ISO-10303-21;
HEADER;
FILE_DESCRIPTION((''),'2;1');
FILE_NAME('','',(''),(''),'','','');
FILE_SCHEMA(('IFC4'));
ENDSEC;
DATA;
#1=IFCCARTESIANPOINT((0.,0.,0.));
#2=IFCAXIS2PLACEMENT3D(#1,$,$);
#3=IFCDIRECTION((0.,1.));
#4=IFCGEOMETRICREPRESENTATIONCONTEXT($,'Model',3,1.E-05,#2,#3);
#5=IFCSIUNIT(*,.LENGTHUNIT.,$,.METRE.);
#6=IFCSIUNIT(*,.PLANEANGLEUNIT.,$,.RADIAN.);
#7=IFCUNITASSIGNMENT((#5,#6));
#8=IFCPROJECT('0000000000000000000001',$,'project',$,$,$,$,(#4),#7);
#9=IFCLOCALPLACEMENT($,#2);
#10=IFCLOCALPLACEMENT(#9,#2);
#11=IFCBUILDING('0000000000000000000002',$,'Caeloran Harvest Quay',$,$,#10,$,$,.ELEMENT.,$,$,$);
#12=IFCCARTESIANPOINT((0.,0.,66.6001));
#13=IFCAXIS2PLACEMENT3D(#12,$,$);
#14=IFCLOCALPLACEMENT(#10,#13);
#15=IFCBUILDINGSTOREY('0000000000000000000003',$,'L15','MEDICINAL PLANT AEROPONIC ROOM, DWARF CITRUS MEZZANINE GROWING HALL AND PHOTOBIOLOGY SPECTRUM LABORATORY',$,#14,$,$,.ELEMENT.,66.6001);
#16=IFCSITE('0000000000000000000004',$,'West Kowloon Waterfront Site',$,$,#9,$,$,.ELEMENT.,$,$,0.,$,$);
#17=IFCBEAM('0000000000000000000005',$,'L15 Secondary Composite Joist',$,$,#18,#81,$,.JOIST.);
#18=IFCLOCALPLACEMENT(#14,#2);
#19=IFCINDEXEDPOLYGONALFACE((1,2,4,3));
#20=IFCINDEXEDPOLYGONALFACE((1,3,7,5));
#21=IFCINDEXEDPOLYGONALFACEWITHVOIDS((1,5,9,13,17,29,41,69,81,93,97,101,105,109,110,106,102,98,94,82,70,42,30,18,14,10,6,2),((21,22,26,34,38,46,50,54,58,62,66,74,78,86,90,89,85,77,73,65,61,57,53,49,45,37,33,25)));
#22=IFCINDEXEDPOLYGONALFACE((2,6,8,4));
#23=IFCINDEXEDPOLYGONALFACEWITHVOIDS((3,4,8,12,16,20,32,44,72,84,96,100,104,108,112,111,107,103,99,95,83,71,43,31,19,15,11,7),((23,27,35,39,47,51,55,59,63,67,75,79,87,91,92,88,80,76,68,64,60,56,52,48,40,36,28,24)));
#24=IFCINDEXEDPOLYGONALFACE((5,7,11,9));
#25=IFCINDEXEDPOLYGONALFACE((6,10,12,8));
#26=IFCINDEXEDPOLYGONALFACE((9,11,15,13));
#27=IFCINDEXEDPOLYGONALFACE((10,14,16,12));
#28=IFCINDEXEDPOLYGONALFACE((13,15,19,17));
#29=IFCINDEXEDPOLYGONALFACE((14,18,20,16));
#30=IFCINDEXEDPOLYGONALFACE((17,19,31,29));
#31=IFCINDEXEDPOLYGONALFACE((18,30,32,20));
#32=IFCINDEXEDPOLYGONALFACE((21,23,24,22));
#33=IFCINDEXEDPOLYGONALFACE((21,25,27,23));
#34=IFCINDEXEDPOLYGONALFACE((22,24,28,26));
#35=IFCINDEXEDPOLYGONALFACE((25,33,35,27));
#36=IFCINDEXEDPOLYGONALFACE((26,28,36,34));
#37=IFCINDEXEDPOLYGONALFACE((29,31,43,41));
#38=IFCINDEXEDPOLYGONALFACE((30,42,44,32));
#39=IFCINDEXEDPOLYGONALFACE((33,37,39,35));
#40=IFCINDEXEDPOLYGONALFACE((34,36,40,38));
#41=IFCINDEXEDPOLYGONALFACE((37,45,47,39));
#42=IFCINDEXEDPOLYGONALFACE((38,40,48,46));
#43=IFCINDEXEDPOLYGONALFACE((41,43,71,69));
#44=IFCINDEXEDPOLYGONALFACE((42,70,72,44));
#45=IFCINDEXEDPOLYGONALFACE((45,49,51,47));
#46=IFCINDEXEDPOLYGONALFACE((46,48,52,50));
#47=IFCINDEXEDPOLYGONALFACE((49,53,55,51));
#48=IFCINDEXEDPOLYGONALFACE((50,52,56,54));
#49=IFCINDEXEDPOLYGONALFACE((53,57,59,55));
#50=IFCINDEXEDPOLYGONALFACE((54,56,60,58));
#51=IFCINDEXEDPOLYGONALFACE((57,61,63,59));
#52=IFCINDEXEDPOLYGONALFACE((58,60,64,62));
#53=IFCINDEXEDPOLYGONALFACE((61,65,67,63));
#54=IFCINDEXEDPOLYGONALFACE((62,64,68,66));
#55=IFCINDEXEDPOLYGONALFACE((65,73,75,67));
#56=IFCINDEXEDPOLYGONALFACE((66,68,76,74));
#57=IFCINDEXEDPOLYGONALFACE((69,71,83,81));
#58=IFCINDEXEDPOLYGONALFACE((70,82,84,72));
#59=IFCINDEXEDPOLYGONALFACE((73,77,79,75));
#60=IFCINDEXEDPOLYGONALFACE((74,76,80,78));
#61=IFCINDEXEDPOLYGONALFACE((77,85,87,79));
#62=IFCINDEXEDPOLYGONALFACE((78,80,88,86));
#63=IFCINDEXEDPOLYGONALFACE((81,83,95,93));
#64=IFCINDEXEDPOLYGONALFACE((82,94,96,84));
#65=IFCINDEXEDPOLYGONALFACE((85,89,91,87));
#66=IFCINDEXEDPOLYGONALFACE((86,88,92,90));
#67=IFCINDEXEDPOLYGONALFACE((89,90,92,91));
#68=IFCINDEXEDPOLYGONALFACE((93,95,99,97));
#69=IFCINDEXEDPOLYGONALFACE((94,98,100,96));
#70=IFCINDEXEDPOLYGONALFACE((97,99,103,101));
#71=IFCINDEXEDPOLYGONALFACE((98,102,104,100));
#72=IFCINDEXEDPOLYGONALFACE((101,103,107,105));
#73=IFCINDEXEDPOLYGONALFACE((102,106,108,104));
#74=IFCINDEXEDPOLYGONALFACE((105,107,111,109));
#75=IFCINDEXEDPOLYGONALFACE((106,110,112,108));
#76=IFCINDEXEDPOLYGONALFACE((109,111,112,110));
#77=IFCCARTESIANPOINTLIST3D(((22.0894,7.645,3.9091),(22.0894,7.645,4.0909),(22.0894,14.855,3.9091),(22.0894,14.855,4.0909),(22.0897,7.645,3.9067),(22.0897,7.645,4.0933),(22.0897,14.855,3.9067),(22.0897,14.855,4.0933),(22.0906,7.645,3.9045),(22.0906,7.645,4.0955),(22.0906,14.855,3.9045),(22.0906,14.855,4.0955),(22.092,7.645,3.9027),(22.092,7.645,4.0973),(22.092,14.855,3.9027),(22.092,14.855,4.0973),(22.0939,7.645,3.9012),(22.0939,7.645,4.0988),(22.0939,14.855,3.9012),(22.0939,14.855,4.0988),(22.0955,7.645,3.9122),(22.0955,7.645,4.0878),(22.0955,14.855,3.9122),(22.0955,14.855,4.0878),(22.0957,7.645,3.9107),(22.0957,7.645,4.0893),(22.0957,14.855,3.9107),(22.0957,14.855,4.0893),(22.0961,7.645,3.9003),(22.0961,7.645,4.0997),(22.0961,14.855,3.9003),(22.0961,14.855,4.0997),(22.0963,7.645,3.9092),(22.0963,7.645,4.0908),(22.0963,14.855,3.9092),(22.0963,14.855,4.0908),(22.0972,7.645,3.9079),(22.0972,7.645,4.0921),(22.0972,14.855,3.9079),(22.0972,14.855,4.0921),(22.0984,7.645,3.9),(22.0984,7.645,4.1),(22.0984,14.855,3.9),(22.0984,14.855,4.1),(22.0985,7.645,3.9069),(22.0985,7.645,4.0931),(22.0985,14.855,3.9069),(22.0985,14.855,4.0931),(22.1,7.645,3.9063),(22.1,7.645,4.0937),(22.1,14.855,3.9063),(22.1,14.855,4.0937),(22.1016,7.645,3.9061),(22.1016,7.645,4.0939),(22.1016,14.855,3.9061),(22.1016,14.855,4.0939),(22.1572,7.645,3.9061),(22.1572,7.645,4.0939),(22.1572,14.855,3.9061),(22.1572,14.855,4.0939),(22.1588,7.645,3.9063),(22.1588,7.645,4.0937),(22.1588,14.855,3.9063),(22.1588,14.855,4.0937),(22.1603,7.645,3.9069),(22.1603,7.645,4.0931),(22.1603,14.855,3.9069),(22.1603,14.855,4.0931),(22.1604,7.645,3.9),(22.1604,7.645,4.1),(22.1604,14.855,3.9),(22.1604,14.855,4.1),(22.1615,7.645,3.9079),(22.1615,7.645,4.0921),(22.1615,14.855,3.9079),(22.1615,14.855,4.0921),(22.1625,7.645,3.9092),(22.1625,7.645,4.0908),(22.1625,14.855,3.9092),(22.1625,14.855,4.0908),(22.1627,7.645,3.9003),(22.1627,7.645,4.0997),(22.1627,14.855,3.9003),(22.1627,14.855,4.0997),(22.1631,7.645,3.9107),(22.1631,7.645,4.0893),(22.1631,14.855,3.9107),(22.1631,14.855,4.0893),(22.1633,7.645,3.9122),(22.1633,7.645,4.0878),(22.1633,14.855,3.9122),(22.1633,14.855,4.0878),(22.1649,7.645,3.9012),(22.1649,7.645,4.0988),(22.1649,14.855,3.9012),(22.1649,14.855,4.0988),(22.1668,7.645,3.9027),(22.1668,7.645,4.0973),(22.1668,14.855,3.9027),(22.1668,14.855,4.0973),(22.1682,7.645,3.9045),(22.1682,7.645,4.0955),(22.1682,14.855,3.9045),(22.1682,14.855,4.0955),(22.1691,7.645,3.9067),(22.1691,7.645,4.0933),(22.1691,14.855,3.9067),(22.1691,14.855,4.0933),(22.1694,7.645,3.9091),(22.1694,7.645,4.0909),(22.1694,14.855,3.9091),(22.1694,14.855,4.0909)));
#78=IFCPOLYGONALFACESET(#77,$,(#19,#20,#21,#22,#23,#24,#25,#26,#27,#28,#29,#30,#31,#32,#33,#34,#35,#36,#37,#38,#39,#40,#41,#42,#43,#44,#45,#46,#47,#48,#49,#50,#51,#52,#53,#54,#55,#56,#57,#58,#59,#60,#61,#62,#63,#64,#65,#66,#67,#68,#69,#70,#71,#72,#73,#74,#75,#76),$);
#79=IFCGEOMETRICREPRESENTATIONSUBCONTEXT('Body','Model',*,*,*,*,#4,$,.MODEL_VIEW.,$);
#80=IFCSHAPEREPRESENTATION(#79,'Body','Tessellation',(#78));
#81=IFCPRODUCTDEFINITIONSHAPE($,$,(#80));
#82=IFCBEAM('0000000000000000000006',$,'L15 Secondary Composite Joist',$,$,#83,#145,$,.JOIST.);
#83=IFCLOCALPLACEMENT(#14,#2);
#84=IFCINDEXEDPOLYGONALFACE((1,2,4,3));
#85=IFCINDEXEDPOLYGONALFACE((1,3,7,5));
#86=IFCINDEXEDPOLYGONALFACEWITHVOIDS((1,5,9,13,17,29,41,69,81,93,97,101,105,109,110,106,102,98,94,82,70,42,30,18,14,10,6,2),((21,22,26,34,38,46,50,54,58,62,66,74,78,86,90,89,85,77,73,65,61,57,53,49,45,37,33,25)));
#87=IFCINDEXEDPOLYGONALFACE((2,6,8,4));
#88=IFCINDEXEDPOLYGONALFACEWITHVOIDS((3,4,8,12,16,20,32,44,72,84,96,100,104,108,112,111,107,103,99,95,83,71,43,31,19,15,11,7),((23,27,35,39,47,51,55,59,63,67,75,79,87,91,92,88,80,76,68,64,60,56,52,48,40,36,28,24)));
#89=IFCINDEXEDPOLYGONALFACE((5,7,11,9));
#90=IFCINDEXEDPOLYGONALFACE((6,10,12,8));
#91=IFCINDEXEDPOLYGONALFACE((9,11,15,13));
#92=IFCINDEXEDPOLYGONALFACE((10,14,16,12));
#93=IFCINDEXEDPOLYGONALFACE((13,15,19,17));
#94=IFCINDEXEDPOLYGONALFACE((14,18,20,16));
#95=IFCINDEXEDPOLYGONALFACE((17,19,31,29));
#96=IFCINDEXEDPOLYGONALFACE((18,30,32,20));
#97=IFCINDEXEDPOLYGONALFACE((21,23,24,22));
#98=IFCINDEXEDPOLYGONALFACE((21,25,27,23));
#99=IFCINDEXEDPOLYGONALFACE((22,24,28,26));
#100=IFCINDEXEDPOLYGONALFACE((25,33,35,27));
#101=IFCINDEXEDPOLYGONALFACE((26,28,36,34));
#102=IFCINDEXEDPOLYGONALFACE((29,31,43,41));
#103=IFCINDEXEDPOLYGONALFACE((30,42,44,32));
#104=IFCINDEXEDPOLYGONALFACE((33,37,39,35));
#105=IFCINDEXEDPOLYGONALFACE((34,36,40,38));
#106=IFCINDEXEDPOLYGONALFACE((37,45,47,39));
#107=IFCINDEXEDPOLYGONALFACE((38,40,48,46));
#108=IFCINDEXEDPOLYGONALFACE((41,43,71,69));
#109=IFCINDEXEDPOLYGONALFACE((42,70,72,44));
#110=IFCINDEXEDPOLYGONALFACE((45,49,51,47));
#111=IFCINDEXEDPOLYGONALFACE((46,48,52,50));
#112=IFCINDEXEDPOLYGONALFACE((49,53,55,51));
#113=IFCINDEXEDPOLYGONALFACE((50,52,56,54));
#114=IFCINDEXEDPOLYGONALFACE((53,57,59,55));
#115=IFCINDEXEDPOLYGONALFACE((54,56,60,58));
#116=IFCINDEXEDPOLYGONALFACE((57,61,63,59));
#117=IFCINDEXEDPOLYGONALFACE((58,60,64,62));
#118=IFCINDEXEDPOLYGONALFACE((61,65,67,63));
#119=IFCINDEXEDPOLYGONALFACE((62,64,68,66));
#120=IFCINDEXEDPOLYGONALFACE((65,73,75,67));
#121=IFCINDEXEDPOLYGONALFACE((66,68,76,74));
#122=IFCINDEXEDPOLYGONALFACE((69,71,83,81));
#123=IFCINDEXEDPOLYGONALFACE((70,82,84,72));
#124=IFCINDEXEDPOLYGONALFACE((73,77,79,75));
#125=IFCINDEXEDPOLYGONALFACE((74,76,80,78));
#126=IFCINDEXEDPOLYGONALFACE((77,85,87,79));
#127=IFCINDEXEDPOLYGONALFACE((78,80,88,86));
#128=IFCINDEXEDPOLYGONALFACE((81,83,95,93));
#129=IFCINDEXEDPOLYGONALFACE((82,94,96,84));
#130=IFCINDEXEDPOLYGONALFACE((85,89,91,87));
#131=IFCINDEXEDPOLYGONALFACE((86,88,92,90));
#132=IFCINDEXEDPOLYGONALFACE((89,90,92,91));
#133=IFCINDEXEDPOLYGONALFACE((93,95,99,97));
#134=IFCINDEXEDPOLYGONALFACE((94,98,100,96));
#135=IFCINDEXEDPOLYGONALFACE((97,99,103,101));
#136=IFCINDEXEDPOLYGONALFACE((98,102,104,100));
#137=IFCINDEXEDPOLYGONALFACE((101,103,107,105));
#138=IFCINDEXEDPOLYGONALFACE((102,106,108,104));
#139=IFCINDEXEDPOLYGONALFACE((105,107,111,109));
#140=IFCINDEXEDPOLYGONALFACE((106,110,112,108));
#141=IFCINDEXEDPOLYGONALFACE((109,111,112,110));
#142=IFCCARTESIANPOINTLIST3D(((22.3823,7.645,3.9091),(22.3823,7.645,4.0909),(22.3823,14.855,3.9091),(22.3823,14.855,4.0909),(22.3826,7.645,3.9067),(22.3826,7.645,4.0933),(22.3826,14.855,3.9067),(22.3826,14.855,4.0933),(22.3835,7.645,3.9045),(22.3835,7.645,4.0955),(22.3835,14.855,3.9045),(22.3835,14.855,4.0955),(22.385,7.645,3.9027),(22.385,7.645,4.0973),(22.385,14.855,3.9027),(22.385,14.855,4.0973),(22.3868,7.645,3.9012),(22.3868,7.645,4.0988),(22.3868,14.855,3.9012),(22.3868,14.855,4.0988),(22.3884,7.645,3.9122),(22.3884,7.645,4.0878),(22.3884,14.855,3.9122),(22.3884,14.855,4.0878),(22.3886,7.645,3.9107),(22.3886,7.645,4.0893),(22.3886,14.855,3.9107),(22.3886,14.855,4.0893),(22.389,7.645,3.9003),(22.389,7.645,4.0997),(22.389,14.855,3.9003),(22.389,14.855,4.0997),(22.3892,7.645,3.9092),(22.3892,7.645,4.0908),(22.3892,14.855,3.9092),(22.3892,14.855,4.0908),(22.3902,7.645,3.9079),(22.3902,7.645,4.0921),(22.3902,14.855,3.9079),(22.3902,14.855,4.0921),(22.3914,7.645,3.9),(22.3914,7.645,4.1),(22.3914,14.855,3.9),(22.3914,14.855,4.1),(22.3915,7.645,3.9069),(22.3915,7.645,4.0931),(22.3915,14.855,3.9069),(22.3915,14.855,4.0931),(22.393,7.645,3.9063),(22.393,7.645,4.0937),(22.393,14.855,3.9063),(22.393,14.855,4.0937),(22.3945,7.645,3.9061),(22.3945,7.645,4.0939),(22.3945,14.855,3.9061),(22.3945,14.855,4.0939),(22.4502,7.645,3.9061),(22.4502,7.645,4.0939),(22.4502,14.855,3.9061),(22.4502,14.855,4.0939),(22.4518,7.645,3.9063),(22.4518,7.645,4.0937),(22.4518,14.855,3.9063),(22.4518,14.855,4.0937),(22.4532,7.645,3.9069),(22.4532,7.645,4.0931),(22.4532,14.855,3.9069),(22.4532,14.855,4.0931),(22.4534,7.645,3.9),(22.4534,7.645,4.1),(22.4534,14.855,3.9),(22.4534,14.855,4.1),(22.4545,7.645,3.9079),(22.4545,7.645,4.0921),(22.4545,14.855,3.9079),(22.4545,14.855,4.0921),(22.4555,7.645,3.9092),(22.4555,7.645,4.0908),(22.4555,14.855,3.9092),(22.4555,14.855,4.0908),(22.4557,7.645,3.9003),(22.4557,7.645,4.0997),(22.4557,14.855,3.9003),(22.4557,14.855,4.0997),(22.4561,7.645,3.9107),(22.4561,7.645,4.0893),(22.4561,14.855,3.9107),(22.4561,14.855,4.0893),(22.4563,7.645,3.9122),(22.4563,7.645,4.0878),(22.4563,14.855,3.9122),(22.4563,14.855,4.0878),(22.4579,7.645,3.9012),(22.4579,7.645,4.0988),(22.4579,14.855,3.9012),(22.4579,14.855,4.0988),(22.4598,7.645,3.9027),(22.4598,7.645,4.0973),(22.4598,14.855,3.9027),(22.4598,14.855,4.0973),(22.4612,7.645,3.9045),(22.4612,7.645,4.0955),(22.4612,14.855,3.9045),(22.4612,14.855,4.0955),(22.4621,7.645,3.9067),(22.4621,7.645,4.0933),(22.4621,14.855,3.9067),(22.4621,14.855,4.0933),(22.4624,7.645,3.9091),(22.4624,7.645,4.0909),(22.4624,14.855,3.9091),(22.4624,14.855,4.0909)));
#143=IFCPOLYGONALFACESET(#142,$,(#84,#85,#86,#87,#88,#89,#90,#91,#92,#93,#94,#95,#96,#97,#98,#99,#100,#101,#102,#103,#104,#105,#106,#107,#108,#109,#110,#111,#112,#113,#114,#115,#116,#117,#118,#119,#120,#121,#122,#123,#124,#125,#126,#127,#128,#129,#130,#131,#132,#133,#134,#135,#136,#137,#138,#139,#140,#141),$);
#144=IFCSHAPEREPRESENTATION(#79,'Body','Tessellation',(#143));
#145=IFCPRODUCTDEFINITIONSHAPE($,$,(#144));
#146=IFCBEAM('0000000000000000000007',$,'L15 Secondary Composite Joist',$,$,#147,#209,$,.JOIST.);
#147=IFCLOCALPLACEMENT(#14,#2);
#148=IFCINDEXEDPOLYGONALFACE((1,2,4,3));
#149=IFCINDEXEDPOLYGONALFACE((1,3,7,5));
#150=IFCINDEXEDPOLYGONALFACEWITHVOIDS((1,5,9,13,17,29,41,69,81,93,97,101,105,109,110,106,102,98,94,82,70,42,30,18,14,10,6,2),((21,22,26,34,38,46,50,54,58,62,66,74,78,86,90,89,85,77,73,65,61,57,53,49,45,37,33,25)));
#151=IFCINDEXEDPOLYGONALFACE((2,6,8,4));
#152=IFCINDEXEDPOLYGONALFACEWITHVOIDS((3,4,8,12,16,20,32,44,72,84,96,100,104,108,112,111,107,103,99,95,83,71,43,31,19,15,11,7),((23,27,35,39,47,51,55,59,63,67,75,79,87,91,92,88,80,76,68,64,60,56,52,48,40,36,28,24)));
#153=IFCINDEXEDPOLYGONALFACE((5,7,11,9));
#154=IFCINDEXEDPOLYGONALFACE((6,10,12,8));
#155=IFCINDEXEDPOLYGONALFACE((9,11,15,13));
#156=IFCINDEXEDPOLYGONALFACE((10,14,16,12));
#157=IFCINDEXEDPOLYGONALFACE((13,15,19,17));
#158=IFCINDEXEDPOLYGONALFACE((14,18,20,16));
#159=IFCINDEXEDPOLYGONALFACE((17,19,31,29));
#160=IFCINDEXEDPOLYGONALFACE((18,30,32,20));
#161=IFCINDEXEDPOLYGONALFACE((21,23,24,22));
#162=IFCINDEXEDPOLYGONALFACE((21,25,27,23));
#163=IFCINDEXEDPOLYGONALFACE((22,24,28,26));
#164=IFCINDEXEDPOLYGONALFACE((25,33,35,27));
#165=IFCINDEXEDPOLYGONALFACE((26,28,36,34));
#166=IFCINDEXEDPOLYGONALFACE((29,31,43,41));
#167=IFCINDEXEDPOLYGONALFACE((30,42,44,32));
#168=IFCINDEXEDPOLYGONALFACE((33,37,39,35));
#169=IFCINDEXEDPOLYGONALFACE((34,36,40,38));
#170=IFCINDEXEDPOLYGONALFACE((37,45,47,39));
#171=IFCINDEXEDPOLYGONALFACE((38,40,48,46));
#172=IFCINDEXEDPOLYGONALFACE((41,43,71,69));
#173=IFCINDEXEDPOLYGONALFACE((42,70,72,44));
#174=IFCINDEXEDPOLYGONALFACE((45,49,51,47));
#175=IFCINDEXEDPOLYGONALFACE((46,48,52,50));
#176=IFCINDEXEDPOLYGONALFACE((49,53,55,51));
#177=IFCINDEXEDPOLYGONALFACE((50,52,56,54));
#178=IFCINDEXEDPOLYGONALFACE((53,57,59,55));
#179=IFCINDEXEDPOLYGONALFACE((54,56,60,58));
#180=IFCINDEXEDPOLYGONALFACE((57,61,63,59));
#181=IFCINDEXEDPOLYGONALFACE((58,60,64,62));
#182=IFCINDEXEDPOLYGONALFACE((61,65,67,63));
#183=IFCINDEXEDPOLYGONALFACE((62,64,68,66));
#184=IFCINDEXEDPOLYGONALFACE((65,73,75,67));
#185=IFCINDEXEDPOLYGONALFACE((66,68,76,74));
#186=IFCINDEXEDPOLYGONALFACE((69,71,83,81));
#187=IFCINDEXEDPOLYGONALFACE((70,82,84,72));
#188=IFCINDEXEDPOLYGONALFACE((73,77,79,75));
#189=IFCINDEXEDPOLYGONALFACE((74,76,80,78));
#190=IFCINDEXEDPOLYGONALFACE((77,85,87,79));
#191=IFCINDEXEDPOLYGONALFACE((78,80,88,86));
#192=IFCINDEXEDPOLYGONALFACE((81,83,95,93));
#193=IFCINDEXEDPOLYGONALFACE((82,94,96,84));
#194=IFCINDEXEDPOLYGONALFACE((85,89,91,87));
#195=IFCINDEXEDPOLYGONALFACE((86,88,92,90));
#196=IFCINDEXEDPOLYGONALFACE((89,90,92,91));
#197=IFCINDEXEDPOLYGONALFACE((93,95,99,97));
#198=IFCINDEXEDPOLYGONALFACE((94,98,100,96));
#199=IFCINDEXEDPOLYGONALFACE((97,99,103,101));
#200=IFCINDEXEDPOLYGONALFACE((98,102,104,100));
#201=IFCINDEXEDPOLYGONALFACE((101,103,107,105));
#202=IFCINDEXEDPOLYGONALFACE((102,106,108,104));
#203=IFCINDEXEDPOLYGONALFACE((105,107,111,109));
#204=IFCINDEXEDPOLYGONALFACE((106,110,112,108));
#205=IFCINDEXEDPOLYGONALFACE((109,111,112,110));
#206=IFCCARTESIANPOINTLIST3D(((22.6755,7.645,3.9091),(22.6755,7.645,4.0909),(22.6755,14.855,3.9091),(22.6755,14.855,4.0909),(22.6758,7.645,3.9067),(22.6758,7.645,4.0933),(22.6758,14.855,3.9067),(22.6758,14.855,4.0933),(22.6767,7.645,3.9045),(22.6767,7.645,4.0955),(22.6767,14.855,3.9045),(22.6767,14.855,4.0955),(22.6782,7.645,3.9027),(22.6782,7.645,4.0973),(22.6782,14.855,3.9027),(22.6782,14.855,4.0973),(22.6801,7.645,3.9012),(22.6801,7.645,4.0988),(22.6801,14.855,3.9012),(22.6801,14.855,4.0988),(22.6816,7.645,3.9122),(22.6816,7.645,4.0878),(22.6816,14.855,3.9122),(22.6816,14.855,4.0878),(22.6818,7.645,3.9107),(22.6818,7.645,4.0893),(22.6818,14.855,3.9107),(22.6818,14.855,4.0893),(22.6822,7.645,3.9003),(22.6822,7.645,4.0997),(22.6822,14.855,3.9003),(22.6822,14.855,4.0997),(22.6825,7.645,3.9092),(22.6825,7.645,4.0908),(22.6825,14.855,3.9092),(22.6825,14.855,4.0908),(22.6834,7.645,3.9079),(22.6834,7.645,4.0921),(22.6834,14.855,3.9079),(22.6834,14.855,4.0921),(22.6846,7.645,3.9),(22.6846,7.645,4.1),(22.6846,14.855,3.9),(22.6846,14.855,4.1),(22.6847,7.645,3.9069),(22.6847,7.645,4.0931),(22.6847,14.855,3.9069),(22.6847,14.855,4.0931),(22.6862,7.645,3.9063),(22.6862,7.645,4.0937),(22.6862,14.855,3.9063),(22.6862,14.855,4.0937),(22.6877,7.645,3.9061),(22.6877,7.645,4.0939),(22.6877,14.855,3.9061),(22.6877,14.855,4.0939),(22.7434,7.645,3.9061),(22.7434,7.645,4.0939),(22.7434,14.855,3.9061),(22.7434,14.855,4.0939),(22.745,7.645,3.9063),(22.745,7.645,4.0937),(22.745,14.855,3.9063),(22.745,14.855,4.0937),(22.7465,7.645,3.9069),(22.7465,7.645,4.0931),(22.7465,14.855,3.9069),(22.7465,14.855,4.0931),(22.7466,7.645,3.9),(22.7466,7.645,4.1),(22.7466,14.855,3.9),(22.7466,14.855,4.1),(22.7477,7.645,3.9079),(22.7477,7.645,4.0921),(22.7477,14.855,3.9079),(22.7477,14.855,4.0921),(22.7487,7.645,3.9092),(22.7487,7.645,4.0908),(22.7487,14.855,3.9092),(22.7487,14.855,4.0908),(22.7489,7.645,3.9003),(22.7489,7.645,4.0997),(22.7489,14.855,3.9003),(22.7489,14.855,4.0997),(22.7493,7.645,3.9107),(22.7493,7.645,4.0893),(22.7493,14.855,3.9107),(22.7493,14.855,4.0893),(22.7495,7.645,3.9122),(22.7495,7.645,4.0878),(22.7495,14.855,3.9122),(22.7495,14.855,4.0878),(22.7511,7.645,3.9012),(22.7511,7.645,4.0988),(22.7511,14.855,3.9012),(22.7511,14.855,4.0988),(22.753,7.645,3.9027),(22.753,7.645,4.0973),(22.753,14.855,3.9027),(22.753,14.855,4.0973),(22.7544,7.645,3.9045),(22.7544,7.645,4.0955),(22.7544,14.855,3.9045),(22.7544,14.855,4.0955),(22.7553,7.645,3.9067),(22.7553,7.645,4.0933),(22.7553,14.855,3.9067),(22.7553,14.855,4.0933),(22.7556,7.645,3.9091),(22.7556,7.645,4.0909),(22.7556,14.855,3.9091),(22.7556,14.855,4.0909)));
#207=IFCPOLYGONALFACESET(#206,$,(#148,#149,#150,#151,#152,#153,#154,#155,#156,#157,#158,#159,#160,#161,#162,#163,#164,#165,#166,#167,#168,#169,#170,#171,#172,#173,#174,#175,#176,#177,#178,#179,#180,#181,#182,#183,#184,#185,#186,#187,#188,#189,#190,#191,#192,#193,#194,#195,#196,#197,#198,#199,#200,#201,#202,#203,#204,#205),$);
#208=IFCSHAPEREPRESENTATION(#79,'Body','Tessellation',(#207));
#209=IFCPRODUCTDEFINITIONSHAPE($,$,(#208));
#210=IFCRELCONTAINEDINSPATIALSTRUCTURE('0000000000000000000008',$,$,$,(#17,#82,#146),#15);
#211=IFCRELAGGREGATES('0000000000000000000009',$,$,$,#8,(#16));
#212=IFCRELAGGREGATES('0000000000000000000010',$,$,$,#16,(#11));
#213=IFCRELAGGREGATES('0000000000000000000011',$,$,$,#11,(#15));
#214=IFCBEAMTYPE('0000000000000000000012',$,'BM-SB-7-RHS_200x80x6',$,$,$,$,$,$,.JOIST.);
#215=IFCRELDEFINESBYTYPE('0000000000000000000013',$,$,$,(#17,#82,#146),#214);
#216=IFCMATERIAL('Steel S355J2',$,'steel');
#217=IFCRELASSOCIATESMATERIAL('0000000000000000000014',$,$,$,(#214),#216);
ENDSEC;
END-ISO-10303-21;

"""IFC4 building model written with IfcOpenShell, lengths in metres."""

from ifc_helpers import new_model, si_unit, direction, frame, origin, origin_2d, place, context, subcontext, project, spatial, hollow_rectangle, extrude, material, material_profile, profile_set, type_object, element, save


model = new_model("IFC4")

# Units and contexts
model_context = context("Model", 3, precision=1e-05, world=origin(), true_north=direction((0.0, 1.0)))
body_context = subcontext(model_context, "Body", "Model", "MODEL_VIEW")
ifc_project = project(units=[si_unit("LENGTHUNIT", "METRE"), si_unit("PLANEANGLEUNIT", "RADIAN")], contexts=[model_context])

# Site, building, storey
site_placement = place(None, origin())
site = spatial("IfcSite", under=ifc_project, at=site_placement, Name="West Kowloon Waterfront Site", CompositionType="ELEMENT", RefElevation=0.0)
building_placement = place(site_placement, origin())
building = spatial("IfcBuilding", under=site, at=building_placement, Name="Caeloran Harvest Quay", CompositionType="ELEMENT")
storey_placement = place(building_placement, frame((0.0, 0.0, 66.6001)))
storey = spatial("IfcBuildingStorey", under=building, at=storey_placement, Name="L15", Description="MEDICINAL PLANT AEROPONIC ROOM, DWARF CITRUS MEZZANINE GROWING HALL AND PHOTOBIOLOGY SPECTRUM LABORATORY", CompositionType="ELEMENT", Elevation=66.6001)

# Beams
ifc_material_1 = material(Name="Steel S355J2", Category="steel")
ifc_material_profile_1 = material_profile(ifc_material_1, hollow_rectangle(XDim=0.0801, YDim=0.2, WallThickness=0.0061, InnerFilletRadius=0.0061, OuterFilletRadius=0.009, at=origin_2d()), Name="RHS 200x80x6")
ifc_profile_set_1 = profile_set([ifc_material_profile_1], Name="Steel S355J2")
beam_type_1 = type_object("IfcBeamType", Name="BM-SB-7-RHS_200x80x6", PredefinedType="JOIST", material=ifc_profile_set_1)
for number, where, z_axis, x_axis, name in (
    (1, (22.1294, 7.645, 4.0), (0.0, 1.0, 0.0), (-1.0, 0.0, 0.0), "L15 Secondary Composite Joist"),
    (2, (22.4224, 7.645, 4.0), (0.0, 1.0, 0.0), (-1.0, 0.0, 0.0), "L15 Secondary Composite Joist"),
    (3, (22.7156, 7.645, 4.0), (0.0, 1.0, 0.0), (-1.0, 0.0, 0.0), "L15 Secondary Composite Joist"),
):
    element("IfcBeam", number, at=place(storey_placement, frame(where, z_axis=z_axis, x_axis=x_axis)), inside=storey, type_object=beam_type_1, Name=name, PredefinedType="JOIST", context=body_context, shape_type="SweptSolid", body=[
        extrude(hollow_rectangle(XDim=0.0801, YDim=0.2, WallThickness=0.0061, InnerFilletRadius=0.0061, OuterFilletRadius=0.009, at=origin_2d()), origin(), (0.0, 0.0, 1.0), 7.21),
    ])

save(model, "model.ifc")
